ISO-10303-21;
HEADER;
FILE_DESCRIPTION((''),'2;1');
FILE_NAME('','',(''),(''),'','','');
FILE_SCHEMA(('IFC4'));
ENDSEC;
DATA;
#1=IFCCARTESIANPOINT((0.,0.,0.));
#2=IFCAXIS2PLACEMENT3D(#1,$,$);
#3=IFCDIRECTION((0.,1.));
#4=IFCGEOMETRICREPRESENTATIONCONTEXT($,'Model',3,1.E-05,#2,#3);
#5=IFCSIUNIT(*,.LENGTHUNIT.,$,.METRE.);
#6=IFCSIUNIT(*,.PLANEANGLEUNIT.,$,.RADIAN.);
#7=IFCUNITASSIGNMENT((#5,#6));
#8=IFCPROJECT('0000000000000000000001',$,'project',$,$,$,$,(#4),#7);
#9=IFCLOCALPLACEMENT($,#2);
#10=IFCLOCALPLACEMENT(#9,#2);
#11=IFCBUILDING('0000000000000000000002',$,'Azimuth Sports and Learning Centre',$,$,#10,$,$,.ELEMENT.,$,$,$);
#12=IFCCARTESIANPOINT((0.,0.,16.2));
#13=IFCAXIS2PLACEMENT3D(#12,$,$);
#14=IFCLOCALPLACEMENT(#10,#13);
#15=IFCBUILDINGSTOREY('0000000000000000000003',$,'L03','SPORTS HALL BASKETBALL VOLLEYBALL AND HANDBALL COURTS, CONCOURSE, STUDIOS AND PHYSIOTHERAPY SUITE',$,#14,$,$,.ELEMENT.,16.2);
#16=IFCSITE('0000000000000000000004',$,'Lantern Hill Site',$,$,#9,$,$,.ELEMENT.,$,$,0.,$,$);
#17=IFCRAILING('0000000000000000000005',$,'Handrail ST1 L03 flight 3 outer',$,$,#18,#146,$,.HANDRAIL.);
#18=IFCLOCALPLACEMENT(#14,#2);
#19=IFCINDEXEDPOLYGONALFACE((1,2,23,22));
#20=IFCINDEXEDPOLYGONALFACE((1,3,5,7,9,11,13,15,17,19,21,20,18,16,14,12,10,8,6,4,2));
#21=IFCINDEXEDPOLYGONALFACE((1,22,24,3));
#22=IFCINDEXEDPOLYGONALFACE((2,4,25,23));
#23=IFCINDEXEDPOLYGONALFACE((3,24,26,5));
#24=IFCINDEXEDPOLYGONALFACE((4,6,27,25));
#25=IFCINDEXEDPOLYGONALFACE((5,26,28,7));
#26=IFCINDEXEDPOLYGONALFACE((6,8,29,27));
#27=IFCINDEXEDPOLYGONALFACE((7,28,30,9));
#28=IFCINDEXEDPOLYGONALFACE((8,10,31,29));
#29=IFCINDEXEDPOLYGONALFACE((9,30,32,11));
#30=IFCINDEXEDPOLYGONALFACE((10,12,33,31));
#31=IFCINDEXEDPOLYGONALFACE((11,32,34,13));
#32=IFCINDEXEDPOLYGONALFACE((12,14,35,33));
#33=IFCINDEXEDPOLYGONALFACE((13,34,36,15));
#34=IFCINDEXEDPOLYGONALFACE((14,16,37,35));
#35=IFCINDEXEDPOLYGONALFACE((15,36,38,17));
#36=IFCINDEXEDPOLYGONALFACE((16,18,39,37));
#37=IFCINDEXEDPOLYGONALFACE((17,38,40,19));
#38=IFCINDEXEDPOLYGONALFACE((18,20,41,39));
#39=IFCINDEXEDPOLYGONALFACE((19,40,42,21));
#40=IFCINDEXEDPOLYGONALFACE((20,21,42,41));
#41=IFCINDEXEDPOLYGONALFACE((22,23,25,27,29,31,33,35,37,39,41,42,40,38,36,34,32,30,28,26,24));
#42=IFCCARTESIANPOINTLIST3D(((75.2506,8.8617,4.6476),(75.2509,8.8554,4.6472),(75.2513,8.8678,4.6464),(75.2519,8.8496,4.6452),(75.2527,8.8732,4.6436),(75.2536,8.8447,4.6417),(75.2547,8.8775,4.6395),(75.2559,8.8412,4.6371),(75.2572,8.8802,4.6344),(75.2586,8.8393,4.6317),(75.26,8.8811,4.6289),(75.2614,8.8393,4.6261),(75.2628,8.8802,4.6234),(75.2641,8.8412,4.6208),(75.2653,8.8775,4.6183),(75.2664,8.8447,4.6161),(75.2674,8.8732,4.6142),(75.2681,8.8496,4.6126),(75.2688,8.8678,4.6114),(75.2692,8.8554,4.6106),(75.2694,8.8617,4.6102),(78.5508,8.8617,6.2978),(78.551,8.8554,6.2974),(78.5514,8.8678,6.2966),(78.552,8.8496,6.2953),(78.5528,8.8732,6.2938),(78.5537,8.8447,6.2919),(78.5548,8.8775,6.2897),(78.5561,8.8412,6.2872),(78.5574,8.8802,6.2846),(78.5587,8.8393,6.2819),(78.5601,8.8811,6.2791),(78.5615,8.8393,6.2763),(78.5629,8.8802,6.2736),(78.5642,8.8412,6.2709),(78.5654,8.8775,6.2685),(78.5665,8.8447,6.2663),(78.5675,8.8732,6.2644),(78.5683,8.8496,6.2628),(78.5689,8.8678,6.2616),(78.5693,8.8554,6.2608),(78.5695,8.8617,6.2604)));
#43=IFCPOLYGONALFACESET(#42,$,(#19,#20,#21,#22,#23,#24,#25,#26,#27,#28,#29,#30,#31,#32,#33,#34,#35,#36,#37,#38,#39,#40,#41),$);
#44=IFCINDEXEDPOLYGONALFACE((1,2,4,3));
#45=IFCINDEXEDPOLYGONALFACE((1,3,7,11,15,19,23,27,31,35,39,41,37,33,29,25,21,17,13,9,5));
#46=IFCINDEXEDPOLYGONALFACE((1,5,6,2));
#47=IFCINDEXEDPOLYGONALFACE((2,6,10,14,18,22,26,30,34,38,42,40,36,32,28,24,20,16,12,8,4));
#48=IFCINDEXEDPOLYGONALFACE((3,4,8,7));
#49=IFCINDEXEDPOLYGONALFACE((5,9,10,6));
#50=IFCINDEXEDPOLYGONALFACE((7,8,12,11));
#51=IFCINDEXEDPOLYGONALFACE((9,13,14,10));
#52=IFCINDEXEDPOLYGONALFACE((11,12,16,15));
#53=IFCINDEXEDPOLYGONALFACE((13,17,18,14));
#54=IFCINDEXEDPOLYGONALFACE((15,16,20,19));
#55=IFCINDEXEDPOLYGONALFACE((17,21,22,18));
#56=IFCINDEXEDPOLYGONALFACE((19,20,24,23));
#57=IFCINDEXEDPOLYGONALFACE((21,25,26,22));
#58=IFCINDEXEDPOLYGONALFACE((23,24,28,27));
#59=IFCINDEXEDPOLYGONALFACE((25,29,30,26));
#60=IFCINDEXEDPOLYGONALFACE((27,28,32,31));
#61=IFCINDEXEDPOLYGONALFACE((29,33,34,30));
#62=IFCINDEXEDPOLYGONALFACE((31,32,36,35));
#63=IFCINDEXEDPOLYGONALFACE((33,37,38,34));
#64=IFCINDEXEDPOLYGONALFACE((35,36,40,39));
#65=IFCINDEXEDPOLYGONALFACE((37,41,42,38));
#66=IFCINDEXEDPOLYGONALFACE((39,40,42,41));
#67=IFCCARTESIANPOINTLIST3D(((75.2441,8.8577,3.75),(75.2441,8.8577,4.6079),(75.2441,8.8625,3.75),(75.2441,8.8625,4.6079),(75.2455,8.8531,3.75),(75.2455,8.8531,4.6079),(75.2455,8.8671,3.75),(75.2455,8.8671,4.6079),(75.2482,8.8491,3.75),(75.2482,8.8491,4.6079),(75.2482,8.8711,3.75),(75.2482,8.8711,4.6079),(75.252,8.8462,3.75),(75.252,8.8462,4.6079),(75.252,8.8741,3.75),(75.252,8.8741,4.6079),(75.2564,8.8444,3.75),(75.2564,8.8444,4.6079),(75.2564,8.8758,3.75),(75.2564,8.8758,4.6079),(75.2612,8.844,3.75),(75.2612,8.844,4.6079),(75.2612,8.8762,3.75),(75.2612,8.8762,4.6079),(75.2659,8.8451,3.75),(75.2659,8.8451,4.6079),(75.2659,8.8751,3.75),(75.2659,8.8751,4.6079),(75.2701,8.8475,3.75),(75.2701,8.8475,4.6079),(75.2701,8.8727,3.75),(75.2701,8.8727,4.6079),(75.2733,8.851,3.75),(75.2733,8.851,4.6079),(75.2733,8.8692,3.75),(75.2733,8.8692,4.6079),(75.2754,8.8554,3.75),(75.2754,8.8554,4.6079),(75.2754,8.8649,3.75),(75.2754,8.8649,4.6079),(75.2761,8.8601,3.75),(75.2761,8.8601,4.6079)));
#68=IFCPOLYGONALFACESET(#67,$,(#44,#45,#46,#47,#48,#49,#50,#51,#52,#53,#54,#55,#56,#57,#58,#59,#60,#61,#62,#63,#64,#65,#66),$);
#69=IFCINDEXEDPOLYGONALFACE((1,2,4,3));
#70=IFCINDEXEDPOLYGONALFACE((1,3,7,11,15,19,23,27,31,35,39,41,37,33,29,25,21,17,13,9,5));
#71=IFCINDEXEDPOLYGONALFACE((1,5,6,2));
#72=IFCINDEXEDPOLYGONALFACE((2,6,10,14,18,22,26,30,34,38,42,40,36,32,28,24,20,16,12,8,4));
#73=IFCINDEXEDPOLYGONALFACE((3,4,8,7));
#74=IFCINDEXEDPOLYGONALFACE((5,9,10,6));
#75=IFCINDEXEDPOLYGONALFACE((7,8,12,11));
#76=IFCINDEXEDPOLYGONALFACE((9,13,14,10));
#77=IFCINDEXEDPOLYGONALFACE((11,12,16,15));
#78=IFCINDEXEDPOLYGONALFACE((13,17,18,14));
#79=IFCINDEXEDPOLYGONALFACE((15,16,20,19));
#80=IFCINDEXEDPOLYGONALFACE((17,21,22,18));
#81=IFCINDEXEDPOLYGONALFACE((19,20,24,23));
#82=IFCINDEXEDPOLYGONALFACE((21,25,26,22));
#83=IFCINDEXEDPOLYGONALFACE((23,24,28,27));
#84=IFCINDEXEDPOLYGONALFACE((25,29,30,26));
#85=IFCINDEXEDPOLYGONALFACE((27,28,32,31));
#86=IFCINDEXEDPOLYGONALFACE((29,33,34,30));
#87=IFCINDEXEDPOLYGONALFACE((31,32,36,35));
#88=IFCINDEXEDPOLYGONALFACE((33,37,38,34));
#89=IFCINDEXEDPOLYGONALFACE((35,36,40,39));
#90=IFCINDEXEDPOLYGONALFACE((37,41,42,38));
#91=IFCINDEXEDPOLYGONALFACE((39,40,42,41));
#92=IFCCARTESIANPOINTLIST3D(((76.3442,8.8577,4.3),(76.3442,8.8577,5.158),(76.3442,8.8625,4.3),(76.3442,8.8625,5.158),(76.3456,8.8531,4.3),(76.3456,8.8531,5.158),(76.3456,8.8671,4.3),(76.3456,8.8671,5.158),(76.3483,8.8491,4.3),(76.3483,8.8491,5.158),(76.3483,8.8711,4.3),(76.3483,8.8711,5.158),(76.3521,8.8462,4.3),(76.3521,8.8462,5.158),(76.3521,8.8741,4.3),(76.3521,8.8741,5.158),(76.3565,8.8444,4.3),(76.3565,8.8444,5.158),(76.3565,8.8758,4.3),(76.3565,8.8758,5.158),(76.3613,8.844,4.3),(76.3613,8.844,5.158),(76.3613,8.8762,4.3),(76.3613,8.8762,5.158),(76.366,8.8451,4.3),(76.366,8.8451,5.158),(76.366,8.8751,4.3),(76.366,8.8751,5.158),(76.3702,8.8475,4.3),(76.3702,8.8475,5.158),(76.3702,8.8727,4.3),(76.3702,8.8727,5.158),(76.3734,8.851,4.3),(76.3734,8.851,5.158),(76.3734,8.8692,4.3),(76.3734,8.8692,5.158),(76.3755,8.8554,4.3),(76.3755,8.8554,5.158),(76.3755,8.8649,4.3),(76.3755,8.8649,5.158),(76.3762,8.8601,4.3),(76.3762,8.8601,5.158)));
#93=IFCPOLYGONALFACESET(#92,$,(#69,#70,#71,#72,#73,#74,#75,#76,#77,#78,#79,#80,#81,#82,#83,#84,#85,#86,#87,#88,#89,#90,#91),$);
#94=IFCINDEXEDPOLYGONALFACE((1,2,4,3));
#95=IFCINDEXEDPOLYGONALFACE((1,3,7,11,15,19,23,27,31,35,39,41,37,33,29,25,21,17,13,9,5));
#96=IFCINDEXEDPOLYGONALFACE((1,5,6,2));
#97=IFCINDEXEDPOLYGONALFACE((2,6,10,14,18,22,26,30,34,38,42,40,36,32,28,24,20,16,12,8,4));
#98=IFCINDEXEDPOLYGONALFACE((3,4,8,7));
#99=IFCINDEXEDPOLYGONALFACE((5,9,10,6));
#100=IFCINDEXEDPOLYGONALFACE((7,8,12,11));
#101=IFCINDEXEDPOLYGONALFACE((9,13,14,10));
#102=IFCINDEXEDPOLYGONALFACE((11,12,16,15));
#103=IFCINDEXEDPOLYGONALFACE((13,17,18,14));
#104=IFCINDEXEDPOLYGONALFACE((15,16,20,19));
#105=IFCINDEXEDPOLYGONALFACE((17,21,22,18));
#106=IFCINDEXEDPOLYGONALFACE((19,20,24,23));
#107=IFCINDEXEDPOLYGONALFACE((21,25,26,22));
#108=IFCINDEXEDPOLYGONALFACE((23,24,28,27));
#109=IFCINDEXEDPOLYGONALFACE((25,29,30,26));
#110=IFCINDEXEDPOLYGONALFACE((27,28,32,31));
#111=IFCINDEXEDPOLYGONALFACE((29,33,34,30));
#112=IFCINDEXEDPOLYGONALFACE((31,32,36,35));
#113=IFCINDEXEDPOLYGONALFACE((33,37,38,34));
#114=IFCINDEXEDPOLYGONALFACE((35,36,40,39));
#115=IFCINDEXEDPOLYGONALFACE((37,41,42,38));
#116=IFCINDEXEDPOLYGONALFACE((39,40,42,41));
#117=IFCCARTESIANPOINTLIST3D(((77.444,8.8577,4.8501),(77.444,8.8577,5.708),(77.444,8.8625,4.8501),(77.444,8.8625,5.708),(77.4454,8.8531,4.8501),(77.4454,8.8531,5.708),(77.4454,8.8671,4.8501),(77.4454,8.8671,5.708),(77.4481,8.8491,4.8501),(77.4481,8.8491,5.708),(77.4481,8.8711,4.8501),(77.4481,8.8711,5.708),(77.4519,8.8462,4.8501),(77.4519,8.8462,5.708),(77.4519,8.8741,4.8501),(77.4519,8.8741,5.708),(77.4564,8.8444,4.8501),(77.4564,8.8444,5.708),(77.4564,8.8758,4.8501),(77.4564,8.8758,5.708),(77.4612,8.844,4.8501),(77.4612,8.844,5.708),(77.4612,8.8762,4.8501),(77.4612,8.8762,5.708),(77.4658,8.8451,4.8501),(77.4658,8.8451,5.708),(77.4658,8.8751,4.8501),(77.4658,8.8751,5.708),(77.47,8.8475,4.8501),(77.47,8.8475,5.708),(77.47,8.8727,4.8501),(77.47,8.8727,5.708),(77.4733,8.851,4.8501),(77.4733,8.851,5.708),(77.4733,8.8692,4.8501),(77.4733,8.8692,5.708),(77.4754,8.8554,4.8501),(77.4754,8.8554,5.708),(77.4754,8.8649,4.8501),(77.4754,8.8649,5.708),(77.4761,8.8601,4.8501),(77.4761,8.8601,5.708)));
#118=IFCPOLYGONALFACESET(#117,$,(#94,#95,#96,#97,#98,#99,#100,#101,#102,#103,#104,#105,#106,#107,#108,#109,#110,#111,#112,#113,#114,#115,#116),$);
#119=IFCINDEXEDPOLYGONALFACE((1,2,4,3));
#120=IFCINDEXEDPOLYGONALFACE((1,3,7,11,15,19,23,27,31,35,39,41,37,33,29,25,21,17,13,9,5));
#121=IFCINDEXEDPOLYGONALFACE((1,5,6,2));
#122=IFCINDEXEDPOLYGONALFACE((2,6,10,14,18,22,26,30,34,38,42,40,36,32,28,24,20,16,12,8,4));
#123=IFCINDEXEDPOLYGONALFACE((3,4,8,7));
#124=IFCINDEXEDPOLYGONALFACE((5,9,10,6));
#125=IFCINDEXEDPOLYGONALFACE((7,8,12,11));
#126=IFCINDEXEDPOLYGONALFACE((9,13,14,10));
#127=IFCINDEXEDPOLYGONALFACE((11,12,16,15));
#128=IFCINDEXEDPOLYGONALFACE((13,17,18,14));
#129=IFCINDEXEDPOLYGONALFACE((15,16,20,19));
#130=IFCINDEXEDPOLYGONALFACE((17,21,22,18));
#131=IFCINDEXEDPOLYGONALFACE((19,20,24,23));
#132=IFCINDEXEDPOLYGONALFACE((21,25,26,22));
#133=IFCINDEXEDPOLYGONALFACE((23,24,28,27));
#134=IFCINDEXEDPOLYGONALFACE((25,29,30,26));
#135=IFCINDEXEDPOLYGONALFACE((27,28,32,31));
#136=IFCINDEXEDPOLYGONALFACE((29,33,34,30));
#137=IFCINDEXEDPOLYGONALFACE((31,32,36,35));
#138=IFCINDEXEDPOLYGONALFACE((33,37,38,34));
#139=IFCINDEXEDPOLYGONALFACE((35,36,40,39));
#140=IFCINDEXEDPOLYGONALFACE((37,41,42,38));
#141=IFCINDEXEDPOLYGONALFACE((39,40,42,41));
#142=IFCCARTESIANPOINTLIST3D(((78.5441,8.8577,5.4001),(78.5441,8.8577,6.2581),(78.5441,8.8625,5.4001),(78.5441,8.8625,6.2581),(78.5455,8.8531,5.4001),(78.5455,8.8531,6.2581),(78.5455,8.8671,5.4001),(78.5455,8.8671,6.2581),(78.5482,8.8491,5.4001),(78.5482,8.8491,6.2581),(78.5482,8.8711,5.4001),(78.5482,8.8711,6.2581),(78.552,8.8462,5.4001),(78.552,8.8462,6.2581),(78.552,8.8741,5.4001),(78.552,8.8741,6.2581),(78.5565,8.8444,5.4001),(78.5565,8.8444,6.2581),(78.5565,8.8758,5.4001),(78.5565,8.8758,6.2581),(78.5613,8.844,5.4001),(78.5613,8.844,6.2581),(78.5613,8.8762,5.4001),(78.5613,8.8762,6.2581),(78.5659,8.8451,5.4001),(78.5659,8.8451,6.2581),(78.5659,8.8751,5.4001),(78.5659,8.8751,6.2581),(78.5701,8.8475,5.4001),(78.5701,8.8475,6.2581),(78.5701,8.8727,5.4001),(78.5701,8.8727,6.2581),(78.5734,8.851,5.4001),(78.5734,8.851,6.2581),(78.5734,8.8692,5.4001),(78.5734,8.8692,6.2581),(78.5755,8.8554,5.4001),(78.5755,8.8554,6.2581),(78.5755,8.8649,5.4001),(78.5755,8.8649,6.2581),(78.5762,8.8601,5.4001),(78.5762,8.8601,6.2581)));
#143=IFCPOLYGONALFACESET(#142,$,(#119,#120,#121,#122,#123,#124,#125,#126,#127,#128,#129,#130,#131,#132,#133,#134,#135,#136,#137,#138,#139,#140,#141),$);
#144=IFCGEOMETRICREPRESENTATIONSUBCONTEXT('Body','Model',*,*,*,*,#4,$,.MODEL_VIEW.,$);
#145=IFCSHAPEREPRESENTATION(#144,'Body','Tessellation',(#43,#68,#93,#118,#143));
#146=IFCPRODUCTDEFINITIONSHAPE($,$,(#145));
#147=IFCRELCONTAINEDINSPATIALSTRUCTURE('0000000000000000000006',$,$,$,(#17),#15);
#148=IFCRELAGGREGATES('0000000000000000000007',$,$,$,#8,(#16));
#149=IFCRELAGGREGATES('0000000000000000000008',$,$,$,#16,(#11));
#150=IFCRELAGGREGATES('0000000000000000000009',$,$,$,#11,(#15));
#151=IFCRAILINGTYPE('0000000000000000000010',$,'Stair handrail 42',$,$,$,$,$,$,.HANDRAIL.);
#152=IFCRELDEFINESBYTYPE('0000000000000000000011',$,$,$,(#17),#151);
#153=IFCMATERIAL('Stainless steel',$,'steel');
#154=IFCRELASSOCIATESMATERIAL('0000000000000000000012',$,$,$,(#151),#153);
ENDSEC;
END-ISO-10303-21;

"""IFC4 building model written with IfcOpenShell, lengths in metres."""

from ifc_helpers import new_model, si_unit, direction, frame, origin, origin_2d, place, context, subcontext, project, spatial, circle, extrude, material, type_object, element, save


model = new_model("IFC4")

# Units and contexts
model_context = context("Model", 3, precision=1e-05, world=origin(), true_north=direction((0.0, 1.0)))
body_context = subcontext(model_context, "Body", "Model", "MODEL_VIEW")
ifc_project = project(units=[si_unit("LENGTHUNIT", "METRE"), si_unit("PLANEANGLEUNIT", "RADIAN")], contexts=[model_context])

# Site, building, storey
site_placement = place(None, origin())
site = spatial("IfcSite", under=ifc_project, at=site_placement, Name="Lantern Hill Site", CompositionType="ELEMENT", RefElevation=0.0)
building_placement = place(site_placement, origin())
building = spatial("IfcBuilding", under=site, at=building_placement, Name="Azimuth Sports and Learning Centre", CompositionType="ELEMENT")
storey_placement = place(building_placement, frame((0.0, 0.0, 16.2)))
storey = spatial("IfcBuildingStorey", under=building, at=storey_placement, Name="L03", Description="SPORTS HALL BASKETBALL VOLLEYBALL AND HANDBALL COURTS, CONCOURSE, STUDIOS AND PHYSIOTHERAPY SUITE", CompositionType="ELEMENT", Elevation=16.2)

# Railing
ifc_material_1 = material(Name="Stainless steel", Category="steel")
railing_type = type_object("IfcRailingType", Name="Stair handrail 42", PredefinedType="HANDRAIL", material=ifc_material_1)
railing_placement = place(storey_placement, frame((75.26, 8.8601, 3.75)))
element("IfcRailing", 1, at=railing_placement, inside=storey, type_object=railing_type, Name="Handrail ST1 L03 flight 3 outer", PredefinedType="HANDRAIL", context=body_context, shape_type="SweptSolid", body=[
    extrude(circle(Radius=0.021, at=origin_2d()), frame((0.0, 0.0, 0.8789), z_axis=(0.894414, 0.0, 0.44724), x_axis=(0.0, 1.0, 0.0)), (0.0, 0.0, 1.0), 3.6897),
    extrude(circle(Radius=0.0161, at=origin_2d()), origin(), (0.0, 0.0, 1.0), 0.8579),
    extrude(circle(Radius=0.0161, at=origin_2d()), frame((1.1001, 0.0, 0.55)), (0.0, 0.0, 1.0), 0.8579),
    extrude(circle(Radius=0.0161, at=origin_2d()), frame((2.2, 0.0, 1.1001)), (0.0, 0.0, 1.0), 0.8579),
    extrude(circle(Radius=0.0161, at=origin_2d()), frame((3.3, 0.0, 1.6501)), (0.0, 0.0, 1.0), 0.8579),
])

save(model, "model.ifc")
